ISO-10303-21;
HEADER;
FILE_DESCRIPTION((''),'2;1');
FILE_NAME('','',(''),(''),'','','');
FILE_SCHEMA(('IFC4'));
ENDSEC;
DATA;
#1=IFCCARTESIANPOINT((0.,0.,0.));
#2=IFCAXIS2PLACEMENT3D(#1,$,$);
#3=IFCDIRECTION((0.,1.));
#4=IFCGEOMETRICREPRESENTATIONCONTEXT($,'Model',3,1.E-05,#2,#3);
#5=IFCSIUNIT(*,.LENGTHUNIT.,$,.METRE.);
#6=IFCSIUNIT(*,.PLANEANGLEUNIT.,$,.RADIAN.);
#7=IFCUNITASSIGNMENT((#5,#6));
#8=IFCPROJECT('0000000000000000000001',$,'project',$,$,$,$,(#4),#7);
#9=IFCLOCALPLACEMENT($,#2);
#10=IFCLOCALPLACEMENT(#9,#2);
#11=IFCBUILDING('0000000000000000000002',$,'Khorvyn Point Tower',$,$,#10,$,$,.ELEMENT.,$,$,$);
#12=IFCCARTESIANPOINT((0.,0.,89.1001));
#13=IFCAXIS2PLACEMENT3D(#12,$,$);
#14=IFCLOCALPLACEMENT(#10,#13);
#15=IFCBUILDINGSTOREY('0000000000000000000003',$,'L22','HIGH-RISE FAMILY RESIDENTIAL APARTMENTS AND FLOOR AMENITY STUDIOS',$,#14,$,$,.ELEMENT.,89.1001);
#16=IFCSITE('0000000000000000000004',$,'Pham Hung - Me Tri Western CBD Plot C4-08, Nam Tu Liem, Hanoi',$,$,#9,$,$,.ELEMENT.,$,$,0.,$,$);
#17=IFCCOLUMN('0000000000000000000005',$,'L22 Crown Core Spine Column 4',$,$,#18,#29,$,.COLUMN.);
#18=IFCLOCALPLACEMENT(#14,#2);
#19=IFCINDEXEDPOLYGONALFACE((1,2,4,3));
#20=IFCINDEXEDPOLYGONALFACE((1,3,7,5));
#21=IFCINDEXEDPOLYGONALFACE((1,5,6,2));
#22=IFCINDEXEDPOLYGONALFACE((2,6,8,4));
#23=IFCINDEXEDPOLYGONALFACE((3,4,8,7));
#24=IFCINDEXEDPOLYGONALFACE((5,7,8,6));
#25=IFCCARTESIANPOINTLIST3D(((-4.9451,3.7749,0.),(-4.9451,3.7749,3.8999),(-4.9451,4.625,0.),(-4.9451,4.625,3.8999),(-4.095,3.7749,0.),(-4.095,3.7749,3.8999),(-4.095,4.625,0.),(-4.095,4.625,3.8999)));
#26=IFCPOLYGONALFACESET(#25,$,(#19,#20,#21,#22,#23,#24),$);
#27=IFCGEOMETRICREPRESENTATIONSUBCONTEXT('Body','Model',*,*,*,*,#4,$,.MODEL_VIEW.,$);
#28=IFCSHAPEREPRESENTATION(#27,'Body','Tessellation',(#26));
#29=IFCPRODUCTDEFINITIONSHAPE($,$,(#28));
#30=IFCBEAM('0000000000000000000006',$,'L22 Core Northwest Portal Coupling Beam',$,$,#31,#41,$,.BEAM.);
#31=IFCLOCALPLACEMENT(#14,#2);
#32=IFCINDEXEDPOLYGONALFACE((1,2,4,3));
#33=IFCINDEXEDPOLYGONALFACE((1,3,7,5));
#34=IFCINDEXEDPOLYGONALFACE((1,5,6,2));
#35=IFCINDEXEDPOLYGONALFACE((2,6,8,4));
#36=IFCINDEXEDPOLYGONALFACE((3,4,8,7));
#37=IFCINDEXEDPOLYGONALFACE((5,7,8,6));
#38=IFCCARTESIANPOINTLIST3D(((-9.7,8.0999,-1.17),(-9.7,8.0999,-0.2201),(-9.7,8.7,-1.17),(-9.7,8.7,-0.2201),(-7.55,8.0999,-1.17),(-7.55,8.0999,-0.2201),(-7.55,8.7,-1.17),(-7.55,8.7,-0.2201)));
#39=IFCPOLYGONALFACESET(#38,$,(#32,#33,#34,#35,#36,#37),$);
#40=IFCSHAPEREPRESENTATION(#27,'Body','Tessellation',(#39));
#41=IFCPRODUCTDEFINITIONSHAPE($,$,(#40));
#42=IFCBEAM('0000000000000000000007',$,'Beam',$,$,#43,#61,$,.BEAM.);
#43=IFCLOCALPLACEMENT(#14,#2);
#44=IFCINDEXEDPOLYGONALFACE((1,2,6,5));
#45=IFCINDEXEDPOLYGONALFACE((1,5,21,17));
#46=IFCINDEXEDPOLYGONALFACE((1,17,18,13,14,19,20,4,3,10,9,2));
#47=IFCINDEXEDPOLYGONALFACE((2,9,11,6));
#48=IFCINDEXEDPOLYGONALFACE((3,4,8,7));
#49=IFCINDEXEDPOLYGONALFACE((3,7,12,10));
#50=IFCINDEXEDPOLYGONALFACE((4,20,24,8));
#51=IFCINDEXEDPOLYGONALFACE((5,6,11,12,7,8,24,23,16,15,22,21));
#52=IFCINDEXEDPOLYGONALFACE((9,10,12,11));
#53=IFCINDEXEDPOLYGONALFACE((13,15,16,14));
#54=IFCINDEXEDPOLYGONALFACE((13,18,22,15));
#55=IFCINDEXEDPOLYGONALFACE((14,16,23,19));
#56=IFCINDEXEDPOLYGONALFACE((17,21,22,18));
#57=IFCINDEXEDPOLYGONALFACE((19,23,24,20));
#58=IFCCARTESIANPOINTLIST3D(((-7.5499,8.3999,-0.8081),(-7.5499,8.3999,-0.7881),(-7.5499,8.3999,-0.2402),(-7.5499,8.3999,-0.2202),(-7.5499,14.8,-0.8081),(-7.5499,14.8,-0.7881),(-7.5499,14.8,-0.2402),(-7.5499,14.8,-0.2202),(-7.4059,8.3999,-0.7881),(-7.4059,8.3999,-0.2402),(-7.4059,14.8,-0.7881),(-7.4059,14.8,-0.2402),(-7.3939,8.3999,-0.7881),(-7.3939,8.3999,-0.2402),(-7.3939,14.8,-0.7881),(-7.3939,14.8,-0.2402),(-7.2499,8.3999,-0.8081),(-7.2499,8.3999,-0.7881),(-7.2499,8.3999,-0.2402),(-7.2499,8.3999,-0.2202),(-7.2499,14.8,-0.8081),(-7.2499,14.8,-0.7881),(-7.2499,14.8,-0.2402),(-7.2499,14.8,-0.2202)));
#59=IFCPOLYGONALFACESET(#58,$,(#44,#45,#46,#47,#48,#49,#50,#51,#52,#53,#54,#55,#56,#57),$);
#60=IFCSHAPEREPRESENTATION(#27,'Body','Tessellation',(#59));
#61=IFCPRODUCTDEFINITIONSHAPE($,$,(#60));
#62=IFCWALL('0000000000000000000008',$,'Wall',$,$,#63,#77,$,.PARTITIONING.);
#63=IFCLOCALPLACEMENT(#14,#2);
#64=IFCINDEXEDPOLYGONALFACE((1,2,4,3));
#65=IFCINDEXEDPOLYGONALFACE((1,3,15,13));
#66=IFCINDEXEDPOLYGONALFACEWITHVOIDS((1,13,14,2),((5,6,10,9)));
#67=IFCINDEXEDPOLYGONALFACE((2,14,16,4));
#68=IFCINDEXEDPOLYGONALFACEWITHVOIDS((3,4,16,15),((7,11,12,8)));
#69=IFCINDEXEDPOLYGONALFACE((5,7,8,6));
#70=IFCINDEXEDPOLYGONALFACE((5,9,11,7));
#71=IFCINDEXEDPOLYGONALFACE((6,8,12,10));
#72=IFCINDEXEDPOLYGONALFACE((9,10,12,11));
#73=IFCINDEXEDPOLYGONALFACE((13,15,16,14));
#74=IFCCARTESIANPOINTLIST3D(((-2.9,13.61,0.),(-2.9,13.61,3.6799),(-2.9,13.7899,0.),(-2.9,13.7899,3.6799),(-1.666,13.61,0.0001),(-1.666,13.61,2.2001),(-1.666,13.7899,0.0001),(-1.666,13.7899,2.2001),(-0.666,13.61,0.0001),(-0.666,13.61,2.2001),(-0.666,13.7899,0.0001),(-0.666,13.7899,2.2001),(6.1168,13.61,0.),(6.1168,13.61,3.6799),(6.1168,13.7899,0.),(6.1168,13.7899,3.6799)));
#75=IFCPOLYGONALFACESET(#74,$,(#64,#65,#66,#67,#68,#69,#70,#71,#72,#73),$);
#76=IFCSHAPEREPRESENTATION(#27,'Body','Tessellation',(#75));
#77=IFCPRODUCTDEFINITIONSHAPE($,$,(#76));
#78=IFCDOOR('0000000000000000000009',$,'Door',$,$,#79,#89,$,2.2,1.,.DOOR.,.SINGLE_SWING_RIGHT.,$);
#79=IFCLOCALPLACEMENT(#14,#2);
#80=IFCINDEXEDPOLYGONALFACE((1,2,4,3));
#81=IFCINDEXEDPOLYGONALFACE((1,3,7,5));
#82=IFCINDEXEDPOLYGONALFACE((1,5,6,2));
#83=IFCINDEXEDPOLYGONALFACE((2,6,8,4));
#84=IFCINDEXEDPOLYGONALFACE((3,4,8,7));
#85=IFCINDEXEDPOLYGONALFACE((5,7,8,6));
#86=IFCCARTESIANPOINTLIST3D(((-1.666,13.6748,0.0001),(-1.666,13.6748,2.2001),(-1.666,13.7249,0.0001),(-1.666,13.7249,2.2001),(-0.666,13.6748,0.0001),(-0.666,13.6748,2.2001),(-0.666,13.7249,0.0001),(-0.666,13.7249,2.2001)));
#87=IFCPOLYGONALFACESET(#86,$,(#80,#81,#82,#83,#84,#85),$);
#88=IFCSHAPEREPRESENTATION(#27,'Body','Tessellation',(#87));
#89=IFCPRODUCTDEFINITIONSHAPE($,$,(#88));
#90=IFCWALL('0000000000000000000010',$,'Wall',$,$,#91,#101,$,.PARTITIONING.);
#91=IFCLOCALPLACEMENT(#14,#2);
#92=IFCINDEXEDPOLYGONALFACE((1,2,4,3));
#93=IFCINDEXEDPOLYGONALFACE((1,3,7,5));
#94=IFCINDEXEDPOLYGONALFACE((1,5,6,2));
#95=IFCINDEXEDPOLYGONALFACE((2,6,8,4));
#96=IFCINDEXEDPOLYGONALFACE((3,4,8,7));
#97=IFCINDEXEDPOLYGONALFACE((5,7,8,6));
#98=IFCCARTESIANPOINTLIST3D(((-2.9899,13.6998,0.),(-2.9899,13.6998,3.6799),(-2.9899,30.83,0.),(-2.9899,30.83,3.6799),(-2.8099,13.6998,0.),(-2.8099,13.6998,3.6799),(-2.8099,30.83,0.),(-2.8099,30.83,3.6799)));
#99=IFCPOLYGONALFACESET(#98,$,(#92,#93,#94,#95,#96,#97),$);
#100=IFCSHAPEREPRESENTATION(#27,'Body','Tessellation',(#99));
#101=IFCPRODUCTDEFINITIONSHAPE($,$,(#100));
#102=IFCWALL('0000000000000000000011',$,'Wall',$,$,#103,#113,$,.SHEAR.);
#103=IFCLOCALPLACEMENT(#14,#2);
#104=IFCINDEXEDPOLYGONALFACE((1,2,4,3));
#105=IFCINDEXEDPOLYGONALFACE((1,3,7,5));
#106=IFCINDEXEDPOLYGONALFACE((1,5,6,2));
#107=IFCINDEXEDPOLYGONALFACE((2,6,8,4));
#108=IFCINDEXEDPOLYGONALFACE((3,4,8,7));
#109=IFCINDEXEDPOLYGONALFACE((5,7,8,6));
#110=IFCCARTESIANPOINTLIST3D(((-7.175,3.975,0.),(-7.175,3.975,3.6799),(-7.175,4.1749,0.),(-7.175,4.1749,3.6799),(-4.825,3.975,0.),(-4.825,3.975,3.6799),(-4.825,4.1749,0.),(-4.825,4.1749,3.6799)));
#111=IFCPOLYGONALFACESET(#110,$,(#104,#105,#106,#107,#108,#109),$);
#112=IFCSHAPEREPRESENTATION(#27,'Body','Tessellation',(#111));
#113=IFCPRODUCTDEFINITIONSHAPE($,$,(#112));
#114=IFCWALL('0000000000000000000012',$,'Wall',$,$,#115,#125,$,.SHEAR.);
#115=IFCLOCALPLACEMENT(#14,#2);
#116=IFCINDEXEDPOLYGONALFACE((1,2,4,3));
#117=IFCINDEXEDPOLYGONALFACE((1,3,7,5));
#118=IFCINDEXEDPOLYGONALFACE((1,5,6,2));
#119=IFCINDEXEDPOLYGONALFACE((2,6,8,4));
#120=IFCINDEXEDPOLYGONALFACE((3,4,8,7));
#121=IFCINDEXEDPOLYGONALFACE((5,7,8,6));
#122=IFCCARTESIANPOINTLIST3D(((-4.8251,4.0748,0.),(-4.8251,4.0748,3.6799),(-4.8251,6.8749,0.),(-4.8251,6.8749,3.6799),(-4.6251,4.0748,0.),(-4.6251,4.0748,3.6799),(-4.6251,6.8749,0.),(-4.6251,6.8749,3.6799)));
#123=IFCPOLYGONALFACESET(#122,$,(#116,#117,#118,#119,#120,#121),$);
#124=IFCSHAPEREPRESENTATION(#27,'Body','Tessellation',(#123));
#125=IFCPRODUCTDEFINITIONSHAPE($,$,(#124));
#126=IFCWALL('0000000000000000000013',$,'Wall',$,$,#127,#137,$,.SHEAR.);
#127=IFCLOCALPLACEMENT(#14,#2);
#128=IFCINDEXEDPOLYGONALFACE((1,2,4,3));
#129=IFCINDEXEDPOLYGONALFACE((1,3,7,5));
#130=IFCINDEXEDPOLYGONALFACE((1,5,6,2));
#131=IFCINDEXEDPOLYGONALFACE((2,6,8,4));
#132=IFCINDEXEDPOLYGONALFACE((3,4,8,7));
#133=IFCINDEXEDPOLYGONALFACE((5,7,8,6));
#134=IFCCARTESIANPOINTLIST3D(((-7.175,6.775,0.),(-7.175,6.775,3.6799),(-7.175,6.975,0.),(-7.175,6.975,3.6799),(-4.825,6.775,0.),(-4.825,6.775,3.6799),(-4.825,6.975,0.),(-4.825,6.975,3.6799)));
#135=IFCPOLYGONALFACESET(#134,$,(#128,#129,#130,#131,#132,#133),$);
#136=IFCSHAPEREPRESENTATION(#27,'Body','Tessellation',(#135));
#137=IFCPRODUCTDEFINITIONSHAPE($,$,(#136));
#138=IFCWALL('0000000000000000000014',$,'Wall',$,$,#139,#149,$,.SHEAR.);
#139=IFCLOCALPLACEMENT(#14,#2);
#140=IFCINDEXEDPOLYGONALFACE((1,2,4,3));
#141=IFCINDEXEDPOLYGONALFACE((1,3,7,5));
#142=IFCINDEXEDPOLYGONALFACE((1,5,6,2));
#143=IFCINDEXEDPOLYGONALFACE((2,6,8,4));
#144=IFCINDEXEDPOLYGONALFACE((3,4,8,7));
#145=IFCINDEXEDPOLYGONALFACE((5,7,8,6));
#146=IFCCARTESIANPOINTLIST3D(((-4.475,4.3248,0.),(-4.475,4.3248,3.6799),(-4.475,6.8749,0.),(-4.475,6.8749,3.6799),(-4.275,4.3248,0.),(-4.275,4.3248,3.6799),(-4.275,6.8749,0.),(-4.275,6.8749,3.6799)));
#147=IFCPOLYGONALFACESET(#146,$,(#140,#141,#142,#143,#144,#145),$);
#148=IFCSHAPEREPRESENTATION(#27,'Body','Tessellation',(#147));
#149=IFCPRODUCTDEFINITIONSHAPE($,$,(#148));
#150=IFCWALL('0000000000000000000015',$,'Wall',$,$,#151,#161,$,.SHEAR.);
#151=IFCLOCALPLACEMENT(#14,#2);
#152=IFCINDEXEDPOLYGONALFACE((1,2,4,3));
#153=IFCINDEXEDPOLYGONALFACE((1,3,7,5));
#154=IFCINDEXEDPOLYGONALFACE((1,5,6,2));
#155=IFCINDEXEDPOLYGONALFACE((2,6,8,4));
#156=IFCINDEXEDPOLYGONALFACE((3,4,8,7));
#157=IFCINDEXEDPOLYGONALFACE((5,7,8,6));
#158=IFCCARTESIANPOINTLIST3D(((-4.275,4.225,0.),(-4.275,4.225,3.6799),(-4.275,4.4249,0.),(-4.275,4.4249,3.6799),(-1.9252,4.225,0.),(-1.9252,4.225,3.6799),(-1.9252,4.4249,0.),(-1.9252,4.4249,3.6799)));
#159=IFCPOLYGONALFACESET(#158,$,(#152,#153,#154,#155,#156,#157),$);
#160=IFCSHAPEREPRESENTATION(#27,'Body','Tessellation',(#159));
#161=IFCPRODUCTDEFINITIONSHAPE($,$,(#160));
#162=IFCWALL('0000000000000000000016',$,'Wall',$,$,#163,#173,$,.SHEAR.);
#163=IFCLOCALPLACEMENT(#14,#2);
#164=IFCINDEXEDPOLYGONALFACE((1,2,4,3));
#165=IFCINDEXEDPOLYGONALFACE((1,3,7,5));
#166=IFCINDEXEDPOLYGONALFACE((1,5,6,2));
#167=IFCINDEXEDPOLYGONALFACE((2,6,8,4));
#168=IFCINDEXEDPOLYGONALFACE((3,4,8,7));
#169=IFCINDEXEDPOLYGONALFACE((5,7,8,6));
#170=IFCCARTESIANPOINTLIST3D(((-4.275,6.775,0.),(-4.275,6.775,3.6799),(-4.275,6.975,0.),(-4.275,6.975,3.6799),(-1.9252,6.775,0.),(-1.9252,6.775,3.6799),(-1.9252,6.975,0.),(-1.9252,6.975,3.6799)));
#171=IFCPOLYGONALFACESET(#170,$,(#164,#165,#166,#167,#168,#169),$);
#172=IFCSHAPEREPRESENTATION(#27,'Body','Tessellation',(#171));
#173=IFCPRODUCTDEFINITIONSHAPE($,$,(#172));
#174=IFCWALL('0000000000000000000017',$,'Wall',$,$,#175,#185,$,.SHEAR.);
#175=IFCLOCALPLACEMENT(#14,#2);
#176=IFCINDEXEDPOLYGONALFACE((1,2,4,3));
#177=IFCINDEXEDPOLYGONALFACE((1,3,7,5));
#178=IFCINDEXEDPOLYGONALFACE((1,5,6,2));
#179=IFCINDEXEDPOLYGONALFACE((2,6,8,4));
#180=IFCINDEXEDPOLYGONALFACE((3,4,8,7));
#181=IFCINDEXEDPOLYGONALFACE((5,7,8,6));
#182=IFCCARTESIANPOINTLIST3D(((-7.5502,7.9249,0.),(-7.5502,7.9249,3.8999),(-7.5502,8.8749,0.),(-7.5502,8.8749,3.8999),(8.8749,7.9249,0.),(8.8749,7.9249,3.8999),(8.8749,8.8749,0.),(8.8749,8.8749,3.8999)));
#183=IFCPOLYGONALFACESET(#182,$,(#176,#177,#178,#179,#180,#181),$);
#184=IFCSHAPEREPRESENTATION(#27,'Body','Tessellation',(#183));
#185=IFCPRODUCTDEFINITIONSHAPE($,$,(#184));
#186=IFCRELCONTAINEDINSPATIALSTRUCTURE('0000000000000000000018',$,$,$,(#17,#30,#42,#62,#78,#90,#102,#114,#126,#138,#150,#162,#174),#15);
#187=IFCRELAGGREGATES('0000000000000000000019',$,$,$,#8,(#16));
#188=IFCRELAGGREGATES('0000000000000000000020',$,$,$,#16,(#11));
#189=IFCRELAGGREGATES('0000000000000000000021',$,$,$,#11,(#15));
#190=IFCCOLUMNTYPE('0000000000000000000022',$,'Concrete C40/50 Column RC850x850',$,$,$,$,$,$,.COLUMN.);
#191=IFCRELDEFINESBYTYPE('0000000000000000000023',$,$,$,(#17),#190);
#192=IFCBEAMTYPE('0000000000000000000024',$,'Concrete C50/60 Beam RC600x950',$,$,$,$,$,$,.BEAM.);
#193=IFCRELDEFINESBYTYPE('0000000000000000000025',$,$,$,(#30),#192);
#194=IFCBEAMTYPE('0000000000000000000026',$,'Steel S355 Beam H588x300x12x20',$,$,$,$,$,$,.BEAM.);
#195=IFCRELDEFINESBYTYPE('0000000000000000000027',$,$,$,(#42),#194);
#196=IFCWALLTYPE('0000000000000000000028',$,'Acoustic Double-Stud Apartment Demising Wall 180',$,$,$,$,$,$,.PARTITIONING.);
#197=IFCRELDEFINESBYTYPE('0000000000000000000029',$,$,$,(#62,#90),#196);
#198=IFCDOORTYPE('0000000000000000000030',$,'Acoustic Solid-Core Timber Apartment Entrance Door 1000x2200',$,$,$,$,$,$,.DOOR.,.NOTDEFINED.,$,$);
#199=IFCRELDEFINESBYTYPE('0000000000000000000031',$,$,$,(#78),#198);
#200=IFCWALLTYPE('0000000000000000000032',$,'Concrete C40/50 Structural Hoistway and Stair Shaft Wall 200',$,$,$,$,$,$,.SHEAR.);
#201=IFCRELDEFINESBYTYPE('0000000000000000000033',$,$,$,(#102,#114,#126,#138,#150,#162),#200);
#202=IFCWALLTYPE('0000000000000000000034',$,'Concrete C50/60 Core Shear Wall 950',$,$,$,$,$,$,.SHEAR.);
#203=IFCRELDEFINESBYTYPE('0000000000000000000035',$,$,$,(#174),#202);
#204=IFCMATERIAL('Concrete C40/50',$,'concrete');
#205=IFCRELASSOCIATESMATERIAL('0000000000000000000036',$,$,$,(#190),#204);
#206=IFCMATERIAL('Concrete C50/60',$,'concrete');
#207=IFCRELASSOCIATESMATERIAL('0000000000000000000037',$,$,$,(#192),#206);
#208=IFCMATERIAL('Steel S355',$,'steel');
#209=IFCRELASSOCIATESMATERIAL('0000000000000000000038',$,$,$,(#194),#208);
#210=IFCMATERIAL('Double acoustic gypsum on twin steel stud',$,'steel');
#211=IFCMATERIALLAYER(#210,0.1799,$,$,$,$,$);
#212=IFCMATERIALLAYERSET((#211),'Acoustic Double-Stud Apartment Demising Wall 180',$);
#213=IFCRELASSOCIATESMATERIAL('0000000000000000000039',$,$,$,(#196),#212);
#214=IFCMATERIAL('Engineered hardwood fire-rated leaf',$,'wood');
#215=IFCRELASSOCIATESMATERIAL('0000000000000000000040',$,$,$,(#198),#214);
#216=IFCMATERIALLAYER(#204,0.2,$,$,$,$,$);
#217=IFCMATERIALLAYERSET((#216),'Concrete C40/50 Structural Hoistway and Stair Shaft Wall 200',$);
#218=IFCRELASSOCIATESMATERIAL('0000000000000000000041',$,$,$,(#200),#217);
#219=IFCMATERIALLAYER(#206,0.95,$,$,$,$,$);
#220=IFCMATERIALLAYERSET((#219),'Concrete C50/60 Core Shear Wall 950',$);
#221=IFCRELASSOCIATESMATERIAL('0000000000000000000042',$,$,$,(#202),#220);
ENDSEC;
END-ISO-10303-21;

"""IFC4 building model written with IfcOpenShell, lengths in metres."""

from ifc_helpers import new_model, si_unit, direction, frame, frame_2d, origin, origin_2d, place, context, subcontext, project, spatial, rectangle, i_section, extrude, material, layer, layer_set, material_profile, profile_set, type_object, element, fill, save


model = new_model("IFC4")

# Units and contexts
model_context = context("Model", 3, precision=1e-05, world=origin(), true_north=direction((0.0, 1.0)))
body_context = subcontext(model_context, "Body", "Model", "MODEL_VIEW")
ifc_project = project(units=[si_unit("LENGTHUNIT", "METRE"), si_unit("PLANEANGLEUNIT", "RADIAN")], contexts=[model_context])

# Site, building, storey
site_placement = place(None, origin())
site = spatial("IfcSite", under=ifc_project, at=site_placement, Name="Pham Hung - Me Tri Western CBD Plot C4-08, Nam Tu Liem, Hanoi", CompositionType="ELEMENT", RefElevation=0.0)
building_placement = place(site_placement, origin())
building = spatial("IfcBuilding", under=site, at=building_placement, Name="Khorvyn Point Tower", CompositionType="ELEMENT")
storey_placement = place(building_placement, frame((0.0, 0.0, 89.1001)))
storey = spatial("IfcBuildingStorey", under=building, at=storey_placement, Name="L22", Description="HIGH-RISE FAMILY RESIDENTIAL APARTMENTS AND FLOOR AMENITY STUDIOS", CompositionType="ELEMENT", Elevation=89.1001)

# Column
ifc_material_1 = material(Name="Concrete C40/50", Category="concrete")
ifc_material_profile_1 = material_profile(ifc_material_1, rectangle(XDim=0.8501, YDim=0.8501, at=origin_2d()))
ifc_profile_set_1 = profile_set([ifc_material_profile_1], Name="Concrete C40/50 RC850x850")
column_type = type_object("IfcColumnType", Name="Concrete C40/50 Column RC850x850", PredefinedType="COLUMN", material=ifc_profile_set_1)
column_placement = place(storey_placement, frame((-4.52, 4.2, 0.0), z_axis=(0.0, 0.0, 1.0), x_axis=(1.0, 0.0, 0.0)))
element("IfcColumn", 1, at=column_placement, inside=storey, type_object=column_type, Name="L22 Crown Core Spine Column 4", PredefinedType="COLUMN", context=body_context, shape_type="SweptSolid", body=[
    extrude(rectangle(XDim=0.8501, YDim=0.8501, at=origin_2d()), origin(), (0.0, 0.0, 1.0), 3.8999),
])

# Beams
ifc_material_2 = material(Name="Concrete C50/60", Category="concrete")
ifc_material_profile_2 = material_profile(ifc_material_2, rectangle(XDim=0.6001, YDim=0.95, at=origin_2d()))
ifc_profile_set_2 = profile_set([ifc_material_profile_2], Name="Concrete C50/60 RC600x950")
beam_type_1 = type_object("IfcBeamType", Name="Concrete C50/60 Beam RC600x950", PredefinedType="BEAM", material=ifc_profile_set_2)
beam_1_placement = place(storey_placement, frame((-9.7, 8.3999, -0.6951), z_axis=(1.0, 0.0, 0.0), x_axis=(0.0, 1.0, 0.0)))
element("IfcBeam", 2, at=beam_1_placement, inside=storey, type_object=beam_type_1, Name="L22 Core Northwest Portal Coupling Beam", PredefinedType="BEAM", context=body_context, shape_type="SweptSolid", body=[
    extrude(rectangle(XDim=0.6001, YDim=0.95, at=origin_2d()), origin(), (0.0, 0.0, 1.0), 2.1499),
])
ifc_material_3 = material(Name="Steel S355", Category="steel")
ifc_material_profile_3 = material_profile(ifc_material_3, i_section(OverallWidth=0.3, OverallDepth=0.5879, WebThickness=0.012, FlangeThickness=0.02, at=origin_2d()))
ifc_profile_set_3 = profile_set([ifc_material_profile_3], Name="Steel S355 H588x300x12x20")
beam_type_2 = type_object("IfcBeamType", Name="Steel S355 Beam H588x300x12x20", PredefinedType="BEAM", material=ifc_profile_set_3)
beam_2_placement = place(storey_placement, frame((-7.3999, 8.3999, -0.5142), z_axis=(0.0, 1.0, 0.0), x_axis=(-1.0, 0.0, 0.0)))
element("IfcBeam", 3, at=beam_2_placement, inside=storey, type_object=beam_type_2, Name="Beam", PredefinedType="BEAM", context=body_context, shape_type="SweptSolid", body=[
    extrude(i_section(OverallWidth=0.3, OverallDepth=0.5879, WebThickness=0.012, FlangeThickness=0.02, at=origin_2d()), origin(), (0.0, 0.0, 1.0), 6.4001),
])

# Wall, opening, door
ifc_material_4 = material(Name="Double acoustic gypsum on twin steel stud", Category="steel")
ifc_layer_1 = layer(ifc_material_4, 0.1799)
ifc_layer_set_1 = layer_set([ifc_layer_1], Name="Acoustic Double-Stud Apartment Demising Wall 180")
wall_type_1 = type_object("IfcWallType", Name="Acoustic Double-Stud Apartment Demising Wall 180", PredefinedType="PARTITIONING", material=ifc_layer_set_1)
wall_1_placement = place(storey_placement, frame((-2.8999, 13.7, 0.0), z_axis=(0.0, 0.0, 1.0), x_axis=(1.0, 0.0, 0.0)))
wall_1 = element("IfcWall", 4, at=wall_1_placement, inside=storey, type_object=wall_type_1, Name="Wall", PredefinedType="PARTITIONING", context=body_context, shape_type="SweptSolid", body=[
    extrude(rectangle(XDim=9.0168, YDim=0.1799, at=frame_2d((4.5083, 0.0))), origin(), (0.0, 0.0, 1.0), 3.6799),
])
opening_1_placement = place(wall_1_placement, frame((1.2339, 0.0, 0.0)))
opening_1 = element("IfcOpeningElement", 5, at=opening_1_placement, cuts=wall_1, PredefinedType="OPENING", context=body_context, shape_type="SweptSolid", body=[
    extrude(rectangle(XDim=1.0, YDim=2.2, at=frame_2d((0.5, 1.1001))), frame((0.0, 0.0999, 0.0), z_axis=(0.0, -1.0, 0.0), x_axis=(1.0, 0.0, 0.0)), (0.0, 0.0, 1.0), 0.2),
])
ifc_material_5 = material(Name="Engineered hardwood fire-rated leaf", Category="wood")
door_type_1 = type_object("IfcDoorType", Name="Acoustic Solid-Core Timber Apartment Entrance Door 1000x2200", OperationType="NOTDEFINED", PredefinedType="DOOR", material=ifc_material_5)
door_1_placement = place(opening_1_placement, origin())
door_1 = element("IfcDoor", 6, at=door_1_placement, inside=storey, type_object=door_type_1, Name="Door", OperationType="SINGLE_SWING_RIGHT", OverallHeight=2.2, OverallWidth=1.0, PredefinedType="DOOR", context=body_context, shape_type="SweptSolid", body=[
    extrude(rectangle(XDim=1.0, YDim=2.2, at=frame_2d((0.5, 1.1001))), frame((0.0, 0.0249, 0.0), z_axis=(0.0, -1.0, 0.0), x_axis=(1.0, 0.0, 0.0)), (0.0, 0.0, 1.0), 0.05),
])
fill(opening_1, door_1)

# Wall
wall_2_placement = place(storey_placement, frame((-2.8999, 13.7, 0.0), z_axis=(0.0, 0.0, 1.0), x_axis=(0.0, 1.0, 0.0)))
element("IfcWall", 7, at=wall_2_placement, inside=storey, type_object=wall_type_1, Name="Wall", PredefinedType="PARTITIONING", context=body_context, shape_type="SweptSolid", body=[
    extrude(rectangle(XDim=17.1301, YDim=0.1799, at=frame_2d((8.5649, 0.0))), origin(), (0.0, 0.0, 1.0), 3.6799),
])

# Walls
ifc_layer_2 = layer(ifc_material_1, 0.2)
ifc_layer_set_2 = layer_set([ifc_layer_2], Name="Concrete C40/50 Structural Hoistway and Stair Shaft Wall 200")
wall_type_2 = type_object("IfcWallType", Name="Concrete C40/50 Structural Hoistway and Stair Shaft Wall 200", PredefinedType="SHEAR", material=ifc_layer_set_2)
wall_3_placement = place(storey_placement, frame((-7.175, 4.075, 0.0), z_axis=(0.0, 0.0, 1.0), x_axis=(1.0, 0.0, 0.0)))
element("IfcWall", 8, at=wall_3_placement, inside=storey, type_object=wall_type_2, Name="Wall", PredefinedType="SHEAR", context=body_context, shape_type="SweptSolid", body=[
    extrude(rectangle(XDim=2.3501, YDim=0.2, at=frame_2d((1.175, 0.0))), origin(), (0.0, 0.0, 1.0), 3.6799),
])
wall_4_placement = place(storey_placement, frame((-4.7251, 4.075, 0.0), z_axis=(0.0, 0.0, 1.0), x_axis=(0.0, 1.0, 0.0)))
element("IfcWall", 9, at=wall_4_placement, inside=storey, type_object=wall_type_2, Name="Wall", PredefinedType="SHEAR", context=body_context, shape_type="SweptSolid", body=[
    extrude(rectangle(XDim=2.8, YDim=0.2, at=frame_2d((1.3999, 0.0))), origin(), (0.0, 0.0, 1.0), 3.6799),
])
wall_5_placement = place(storey_placement, frame((-7.175, 6.875, 0.0), z_axis=(0.0, 0.0, 1.0), x_axis=(1.0, 0.0, 0.0)))
element("IfcWall", 10, at=wall_5_placement, inside=storey, type_object=wall_type_2, Name="Wall", PredefinedType="SHEAR", context=body_context, shape_type="SweptSolid", body=[
    extrude(rectangle(XDim=2.3501, YDim=0.2, at=frame_2d((1.175, 0.0))), origin(), (0.0, 0.0, 1.0), 3.6799),
])
wall_6_placement = place(storey_placement, frame((-4.375, 4.325, 0.0), z_axis=(0.0, 0.0, 1.0), x_axis=(0.0, 1.0, 0.0)))
element("IfcWall", 11, at=wall_6_placement, inside=storey, type_object=wall_type_2, Name="Wall", PredefinedType="SHEAR", context=body_context, shape_type="SweptSolid", body=[
    extrude(rectangle(XDim=2.55, YDim=0.2, at=frame_2d((1.2749, 0.0))), origin(), (0.0, 0.0, 1.0), 3.6799),
])
for number, where, z_axis, x_axis, name in (
    (12, (-4.2749, 4.325, 0.0), (0.0, 0.0, 1.0), (1.0, 0.0, 0.0), "Wall"),
    (13, (-4.2749, 6.875, 0.0), (0.0, 0.0, 1.0), (1.0, 0.0, 0.0), "Wall"),
):
    element("IfcWall", number, at=place(storey_placement, frame(where, z_axis=z_axis, x_axis=x_axis)), inside=storey, type_object=wall_type_2, Name=name, PredefinedType="SHEAR", context=body_context, shape_type="SweptSolid", body=[
        extrude(rectangle(XDim=2.3499, YDim=0.2, at=frame_2d((1.1748, 0.0))), origin(), (0.0, 0.0, 1.0), 3.6799),
    ])
ifc_layer_3 = layer(ifc_material_2, 0.95)
ifc_layer_set_3 = layer_set([ifc_layer_3], Name="Concrete C50/60 Core Shear Wall 950")
wall_type_3 = type_object("IfcWallType", Name="Concrete C50/60 Core Shear Wall 950", PredefinedType="SHEAR", material=ifc_layer_set_3)
wall_7_placement = place(storey_placement, frame((-7.55, 8.3999, 0.0), z_axis=(0.0, 0.0, 1.0), x_axis=(1.0, 0.0, 0.0)))
element("IfcWall", 14, at=wall_7_placement, inside=storey, type_object=wall_type_3, Name="Wall", PredefinedType="SHEAR", context=body_context, shape_type="SweptSolid", body=[
    extrude(rectangle(XDim=16.425, YDim=0.95, at=frame_2d((8.2124, 0.0))), origin(), (0.0, 0.0, 1.0), 3.8999),
])

save(model, "model.ifc")
